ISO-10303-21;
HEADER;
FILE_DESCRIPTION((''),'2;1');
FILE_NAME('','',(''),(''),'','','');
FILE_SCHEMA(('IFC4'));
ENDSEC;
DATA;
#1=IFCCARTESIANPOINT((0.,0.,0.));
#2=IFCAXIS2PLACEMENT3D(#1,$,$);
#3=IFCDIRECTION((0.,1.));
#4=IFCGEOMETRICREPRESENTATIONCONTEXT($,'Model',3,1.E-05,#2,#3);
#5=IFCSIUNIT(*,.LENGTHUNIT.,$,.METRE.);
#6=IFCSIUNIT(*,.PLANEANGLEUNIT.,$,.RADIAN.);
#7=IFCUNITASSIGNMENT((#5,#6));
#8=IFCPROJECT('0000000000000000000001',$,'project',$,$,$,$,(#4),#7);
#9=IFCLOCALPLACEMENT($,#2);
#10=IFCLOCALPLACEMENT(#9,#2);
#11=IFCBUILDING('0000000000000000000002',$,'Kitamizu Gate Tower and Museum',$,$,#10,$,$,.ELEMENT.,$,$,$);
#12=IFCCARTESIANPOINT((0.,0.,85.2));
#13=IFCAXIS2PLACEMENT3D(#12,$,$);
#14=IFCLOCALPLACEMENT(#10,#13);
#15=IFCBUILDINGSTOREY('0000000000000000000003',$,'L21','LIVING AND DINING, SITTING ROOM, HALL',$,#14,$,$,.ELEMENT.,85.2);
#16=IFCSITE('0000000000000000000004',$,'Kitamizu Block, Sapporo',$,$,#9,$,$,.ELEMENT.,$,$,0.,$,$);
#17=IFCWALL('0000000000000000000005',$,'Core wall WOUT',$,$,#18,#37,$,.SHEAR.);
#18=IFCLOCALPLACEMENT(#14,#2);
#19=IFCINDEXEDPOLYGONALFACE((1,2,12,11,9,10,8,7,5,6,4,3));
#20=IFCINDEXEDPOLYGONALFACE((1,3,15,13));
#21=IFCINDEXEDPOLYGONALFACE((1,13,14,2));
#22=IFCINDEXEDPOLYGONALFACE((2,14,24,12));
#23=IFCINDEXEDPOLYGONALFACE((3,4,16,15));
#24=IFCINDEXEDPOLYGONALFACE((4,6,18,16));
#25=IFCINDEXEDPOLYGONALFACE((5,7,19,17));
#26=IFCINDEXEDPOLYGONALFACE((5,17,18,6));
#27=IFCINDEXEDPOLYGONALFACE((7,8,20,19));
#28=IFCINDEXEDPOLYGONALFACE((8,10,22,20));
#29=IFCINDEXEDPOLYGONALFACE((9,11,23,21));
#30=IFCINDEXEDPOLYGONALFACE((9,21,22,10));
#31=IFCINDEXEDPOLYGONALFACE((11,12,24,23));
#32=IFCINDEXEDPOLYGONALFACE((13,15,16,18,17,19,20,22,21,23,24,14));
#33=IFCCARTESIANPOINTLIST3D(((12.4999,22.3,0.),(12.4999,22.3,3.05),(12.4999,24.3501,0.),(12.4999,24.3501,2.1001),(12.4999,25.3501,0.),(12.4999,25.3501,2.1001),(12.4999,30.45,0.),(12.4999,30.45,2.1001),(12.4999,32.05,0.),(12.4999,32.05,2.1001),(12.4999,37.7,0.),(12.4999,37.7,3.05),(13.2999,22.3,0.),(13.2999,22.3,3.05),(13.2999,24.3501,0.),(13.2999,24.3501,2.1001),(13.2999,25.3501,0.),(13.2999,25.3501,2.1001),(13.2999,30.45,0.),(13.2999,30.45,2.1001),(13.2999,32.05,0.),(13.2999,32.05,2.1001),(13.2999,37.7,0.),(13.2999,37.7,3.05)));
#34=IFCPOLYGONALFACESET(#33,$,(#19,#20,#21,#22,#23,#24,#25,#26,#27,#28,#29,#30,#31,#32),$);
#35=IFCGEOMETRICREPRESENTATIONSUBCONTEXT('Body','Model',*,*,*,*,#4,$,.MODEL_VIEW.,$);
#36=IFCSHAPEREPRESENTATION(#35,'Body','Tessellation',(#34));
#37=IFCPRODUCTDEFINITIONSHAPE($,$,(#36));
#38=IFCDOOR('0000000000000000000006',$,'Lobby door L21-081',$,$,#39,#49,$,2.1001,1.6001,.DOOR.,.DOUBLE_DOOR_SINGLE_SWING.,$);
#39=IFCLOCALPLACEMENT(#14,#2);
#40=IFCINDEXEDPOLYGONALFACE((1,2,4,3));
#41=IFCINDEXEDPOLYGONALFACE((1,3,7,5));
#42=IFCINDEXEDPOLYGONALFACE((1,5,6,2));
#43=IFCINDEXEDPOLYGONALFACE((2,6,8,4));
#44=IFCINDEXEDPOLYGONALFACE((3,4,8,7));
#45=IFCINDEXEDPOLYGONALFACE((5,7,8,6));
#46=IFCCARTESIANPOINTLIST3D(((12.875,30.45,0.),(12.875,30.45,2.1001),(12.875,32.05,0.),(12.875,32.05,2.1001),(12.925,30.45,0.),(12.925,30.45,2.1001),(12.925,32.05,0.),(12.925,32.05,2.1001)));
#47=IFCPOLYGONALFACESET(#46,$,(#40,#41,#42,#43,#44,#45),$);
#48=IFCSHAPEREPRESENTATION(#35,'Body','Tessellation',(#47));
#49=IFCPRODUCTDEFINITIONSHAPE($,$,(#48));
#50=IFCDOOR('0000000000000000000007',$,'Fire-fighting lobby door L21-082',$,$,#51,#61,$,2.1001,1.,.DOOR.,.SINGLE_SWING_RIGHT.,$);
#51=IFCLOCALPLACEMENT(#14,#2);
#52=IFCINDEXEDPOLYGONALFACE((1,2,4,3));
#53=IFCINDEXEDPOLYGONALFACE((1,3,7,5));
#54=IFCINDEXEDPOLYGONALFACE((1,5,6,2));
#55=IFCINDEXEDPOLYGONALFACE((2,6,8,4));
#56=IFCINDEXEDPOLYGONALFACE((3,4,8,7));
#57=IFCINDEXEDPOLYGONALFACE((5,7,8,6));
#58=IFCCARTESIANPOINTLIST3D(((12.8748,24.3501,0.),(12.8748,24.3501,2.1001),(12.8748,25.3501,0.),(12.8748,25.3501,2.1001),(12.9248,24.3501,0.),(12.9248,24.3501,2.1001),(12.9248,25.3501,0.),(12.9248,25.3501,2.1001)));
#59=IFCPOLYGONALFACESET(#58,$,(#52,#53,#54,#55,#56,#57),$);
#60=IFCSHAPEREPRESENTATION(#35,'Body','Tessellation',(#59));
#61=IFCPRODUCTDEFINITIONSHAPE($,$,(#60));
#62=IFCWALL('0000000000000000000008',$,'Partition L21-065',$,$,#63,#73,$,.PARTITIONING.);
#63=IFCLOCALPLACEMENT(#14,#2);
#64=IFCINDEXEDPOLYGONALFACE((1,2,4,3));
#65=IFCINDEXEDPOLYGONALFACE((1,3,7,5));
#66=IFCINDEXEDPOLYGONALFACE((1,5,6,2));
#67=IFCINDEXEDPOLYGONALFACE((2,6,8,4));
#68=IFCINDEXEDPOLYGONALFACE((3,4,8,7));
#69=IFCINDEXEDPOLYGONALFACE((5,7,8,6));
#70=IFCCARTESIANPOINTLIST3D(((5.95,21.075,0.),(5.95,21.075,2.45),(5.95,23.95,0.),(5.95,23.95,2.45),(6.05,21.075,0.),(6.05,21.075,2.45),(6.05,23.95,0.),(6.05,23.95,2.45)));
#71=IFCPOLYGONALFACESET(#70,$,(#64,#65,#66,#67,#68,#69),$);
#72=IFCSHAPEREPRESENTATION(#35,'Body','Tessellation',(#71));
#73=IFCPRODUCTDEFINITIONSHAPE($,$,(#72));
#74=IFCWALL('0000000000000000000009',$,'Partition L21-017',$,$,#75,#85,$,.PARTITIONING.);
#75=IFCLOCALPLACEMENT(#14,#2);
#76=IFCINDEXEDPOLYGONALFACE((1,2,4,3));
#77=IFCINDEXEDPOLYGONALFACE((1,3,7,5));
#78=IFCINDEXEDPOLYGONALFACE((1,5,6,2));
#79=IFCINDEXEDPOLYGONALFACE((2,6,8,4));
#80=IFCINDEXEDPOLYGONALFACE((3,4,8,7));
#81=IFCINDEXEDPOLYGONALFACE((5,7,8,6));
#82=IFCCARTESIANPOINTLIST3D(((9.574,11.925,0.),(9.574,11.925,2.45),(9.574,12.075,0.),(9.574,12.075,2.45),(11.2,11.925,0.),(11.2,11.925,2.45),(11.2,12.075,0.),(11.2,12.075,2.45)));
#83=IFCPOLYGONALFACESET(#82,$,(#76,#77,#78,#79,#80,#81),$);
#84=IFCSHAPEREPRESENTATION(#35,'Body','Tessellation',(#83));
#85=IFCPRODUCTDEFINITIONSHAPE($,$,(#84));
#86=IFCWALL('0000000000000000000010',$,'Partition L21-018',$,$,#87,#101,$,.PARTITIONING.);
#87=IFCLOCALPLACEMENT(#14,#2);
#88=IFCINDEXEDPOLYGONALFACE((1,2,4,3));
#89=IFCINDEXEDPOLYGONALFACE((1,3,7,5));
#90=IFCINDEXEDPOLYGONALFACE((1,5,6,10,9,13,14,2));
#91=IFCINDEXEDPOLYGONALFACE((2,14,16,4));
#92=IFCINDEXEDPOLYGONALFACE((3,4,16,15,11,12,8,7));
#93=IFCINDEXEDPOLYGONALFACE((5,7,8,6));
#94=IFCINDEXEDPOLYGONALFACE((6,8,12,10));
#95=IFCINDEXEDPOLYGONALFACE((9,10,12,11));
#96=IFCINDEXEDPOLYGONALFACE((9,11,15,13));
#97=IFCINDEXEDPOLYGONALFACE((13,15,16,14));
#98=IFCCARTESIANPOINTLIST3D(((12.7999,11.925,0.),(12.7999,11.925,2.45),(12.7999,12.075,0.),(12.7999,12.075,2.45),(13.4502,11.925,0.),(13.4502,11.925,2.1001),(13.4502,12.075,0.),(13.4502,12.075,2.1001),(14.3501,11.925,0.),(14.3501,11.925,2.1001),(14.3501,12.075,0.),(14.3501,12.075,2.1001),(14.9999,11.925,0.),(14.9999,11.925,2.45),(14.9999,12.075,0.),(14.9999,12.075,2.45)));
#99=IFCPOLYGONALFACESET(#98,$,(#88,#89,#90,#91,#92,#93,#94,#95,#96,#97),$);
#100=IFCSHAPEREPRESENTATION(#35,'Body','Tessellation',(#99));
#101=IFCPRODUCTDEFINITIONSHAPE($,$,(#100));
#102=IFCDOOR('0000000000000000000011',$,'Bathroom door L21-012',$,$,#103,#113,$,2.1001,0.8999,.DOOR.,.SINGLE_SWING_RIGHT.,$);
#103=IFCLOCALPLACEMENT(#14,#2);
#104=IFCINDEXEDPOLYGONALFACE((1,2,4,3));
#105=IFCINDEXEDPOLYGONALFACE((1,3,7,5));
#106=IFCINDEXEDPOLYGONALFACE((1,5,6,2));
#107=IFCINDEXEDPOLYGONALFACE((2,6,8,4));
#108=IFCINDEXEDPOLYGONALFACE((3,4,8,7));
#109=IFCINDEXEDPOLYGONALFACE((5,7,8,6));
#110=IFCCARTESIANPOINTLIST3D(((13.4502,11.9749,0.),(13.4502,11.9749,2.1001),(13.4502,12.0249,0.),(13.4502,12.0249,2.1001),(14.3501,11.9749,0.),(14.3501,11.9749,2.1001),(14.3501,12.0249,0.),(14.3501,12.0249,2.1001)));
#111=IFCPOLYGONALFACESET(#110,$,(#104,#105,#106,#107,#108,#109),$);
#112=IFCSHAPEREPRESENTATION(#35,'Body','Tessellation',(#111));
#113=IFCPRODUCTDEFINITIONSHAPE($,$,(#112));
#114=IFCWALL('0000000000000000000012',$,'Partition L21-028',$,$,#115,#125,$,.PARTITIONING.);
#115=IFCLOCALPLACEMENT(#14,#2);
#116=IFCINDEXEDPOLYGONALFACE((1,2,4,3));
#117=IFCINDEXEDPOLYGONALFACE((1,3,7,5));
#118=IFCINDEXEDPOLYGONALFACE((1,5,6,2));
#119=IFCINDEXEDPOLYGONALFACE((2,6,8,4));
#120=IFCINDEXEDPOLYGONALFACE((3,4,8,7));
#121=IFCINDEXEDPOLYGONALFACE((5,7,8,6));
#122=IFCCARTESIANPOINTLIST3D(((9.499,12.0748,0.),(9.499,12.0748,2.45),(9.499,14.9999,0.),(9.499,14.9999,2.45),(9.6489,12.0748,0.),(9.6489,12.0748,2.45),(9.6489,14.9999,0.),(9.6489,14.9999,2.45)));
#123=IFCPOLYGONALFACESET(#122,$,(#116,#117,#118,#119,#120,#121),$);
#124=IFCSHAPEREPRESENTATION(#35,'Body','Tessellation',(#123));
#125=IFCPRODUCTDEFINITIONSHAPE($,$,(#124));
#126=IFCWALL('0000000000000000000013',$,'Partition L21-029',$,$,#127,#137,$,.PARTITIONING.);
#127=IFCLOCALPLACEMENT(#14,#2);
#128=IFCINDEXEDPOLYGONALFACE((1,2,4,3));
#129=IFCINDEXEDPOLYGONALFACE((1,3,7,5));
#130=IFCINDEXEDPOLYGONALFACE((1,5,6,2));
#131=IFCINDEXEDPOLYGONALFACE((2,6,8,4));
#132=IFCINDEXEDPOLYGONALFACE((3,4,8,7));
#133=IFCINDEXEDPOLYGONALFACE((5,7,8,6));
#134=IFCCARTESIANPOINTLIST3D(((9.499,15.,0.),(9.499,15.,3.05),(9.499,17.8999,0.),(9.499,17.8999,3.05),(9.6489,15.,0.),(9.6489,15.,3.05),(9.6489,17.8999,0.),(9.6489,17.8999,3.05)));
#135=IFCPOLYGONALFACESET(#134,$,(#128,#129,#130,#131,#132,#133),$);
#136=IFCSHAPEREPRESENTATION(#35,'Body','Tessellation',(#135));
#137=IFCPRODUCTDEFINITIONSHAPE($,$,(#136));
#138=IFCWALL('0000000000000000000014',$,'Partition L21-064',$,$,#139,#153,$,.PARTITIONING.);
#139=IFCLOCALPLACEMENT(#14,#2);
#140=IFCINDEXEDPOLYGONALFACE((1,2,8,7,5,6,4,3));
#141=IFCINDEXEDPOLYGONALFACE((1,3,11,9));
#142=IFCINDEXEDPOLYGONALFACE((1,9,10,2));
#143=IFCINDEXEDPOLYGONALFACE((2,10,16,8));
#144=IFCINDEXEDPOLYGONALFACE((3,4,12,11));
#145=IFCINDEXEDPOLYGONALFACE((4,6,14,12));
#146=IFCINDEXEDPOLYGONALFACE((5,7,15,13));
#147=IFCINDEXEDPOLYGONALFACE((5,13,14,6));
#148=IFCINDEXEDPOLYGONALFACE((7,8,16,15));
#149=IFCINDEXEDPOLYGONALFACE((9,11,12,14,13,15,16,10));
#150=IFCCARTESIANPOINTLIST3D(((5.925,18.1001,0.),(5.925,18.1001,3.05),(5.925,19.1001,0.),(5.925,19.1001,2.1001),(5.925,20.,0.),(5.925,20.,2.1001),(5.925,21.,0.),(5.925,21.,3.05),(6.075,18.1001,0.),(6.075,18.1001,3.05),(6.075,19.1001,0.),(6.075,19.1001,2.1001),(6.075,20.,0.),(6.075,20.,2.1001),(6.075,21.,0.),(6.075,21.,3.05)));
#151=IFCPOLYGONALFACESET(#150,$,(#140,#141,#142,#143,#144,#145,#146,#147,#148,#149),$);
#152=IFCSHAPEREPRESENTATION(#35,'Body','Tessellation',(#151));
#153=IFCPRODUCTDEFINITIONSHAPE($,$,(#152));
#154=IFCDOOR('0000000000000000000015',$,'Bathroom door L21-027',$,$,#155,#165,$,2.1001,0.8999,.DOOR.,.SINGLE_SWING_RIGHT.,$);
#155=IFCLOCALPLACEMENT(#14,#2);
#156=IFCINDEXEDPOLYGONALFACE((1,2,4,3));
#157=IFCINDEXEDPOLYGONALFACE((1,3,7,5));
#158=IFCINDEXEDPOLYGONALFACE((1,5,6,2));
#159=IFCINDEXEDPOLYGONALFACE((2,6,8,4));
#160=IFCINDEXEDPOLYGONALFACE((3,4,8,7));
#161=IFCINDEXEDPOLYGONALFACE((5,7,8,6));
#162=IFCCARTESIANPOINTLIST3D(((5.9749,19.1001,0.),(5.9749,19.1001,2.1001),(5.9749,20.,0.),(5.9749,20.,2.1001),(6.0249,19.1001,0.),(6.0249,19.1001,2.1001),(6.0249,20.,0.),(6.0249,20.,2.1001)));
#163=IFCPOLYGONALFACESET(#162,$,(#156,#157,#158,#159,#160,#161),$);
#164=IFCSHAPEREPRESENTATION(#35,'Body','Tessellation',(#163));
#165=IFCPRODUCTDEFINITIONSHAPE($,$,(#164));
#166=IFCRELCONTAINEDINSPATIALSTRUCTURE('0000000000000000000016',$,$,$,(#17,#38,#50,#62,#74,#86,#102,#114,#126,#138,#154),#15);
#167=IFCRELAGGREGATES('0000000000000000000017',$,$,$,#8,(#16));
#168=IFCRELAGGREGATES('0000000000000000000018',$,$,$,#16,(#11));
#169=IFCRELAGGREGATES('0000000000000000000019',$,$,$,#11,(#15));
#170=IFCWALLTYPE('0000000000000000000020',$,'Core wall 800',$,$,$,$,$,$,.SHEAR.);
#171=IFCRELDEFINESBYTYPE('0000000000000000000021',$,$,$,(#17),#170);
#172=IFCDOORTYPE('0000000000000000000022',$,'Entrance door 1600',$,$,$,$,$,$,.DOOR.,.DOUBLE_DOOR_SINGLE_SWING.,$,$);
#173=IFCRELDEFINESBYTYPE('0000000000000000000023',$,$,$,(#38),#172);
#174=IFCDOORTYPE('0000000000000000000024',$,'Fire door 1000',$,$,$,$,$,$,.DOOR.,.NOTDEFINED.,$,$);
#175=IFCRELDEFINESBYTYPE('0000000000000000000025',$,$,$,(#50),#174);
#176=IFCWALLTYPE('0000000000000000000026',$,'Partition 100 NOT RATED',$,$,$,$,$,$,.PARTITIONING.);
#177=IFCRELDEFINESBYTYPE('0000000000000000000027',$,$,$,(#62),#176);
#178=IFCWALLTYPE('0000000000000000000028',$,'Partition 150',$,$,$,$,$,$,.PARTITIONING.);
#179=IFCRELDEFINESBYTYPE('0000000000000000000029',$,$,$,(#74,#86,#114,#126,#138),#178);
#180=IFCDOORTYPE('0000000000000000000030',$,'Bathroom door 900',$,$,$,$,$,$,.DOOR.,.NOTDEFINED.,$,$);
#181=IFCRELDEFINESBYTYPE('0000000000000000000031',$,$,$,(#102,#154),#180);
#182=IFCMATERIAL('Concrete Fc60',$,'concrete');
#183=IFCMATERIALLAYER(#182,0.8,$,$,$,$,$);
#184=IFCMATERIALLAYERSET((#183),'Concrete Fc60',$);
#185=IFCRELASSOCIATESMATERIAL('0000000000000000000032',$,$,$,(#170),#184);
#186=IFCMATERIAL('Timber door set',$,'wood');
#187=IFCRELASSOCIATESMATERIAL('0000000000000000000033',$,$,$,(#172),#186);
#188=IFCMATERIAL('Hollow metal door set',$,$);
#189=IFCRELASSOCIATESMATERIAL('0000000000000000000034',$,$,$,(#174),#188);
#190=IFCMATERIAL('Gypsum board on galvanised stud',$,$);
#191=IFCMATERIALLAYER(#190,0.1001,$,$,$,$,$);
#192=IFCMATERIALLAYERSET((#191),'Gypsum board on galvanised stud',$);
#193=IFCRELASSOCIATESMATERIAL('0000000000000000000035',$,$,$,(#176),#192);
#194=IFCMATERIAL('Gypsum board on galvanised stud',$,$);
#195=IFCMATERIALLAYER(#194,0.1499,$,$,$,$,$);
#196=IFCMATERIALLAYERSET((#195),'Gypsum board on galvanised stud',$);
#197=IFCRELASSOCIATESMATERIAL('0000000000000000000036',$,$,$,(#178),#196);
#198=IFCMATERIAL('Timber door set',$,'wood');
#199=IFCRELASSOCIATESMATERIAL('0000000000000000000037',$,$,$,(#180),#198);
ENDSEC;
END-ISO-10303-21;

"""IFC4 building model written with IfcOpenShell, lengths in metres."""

from ifc_helpers import new_model, si_unit, direction, frame, frame_2d, origin, place, context, subcontext, project, spatial, rectangle, extrude, material, layer, layer_set, type_object, element, fill, save


model = new_model("IFC4")

# Units and contexts
model_context = context("Model", 3, precision=1e-05, world=origin(), true_north=direction((0.0, 1.0)))
body_context = subcontext(model_context, "Body", "Model", "MODEL_VIEW")
ifc_project = project(units=[si_unit("LENGTHUNIT", "METRE"), si_unit("PLANEANGLEUNIT", "RADIAN")], contexts=[model_context])

# Site, building, storey
site_placement = place(None, origin())
site = spatial("IfcSite", under=ifc_project, at=site_placement, Name="Kitamizu Block, Sapporo", CompositionType="ELEMENT", RefElevation=0.0)
building_placement = place(site_placement, origin())
building = spatial("IfcBuilding", under=site, at=building_placement, Name="Kitamizu Gate Tower and Museum", CompositionType="ELEMENT")
storey_placement = place(building_placement, frame((0.0, 0.0, 85.2)))
storey = spatial("IfcBuildingStorey", under=building, at=storey_placement, Name="L21", Description="LIVING AND DINING, SITTING ROOM, HALL", CompositionType="ELEMENT", Elevation=85.2)

# Shared definitions
ifc_material_1 = material(Name="Concrete Fc60", Category="concrete")
ifc_layer_1 = layer(ifc_material_1, 0.8)
ifc_layer_set_1 = layer_set([ifc_layer_1], Name="Concrete Fc60")
wall_type_1 = type_object("IfcWallType", Name="Core wall 800", PredefinedType="SHEAR", material=ifc_layer_set_1)

# Wall, openings, doors
wall_1_placement = place(storey_placement, frame((12.8999, 22.3, 0.0), z_axis=(0.0, 0.0, 1.0), x_axis=(0.0, 1.0, 0.0)))
wall_1 = element("IfcWall", 1, at=wall_1_placement, inside=storey, type_object=wall_type_1, Name="Core wall WOUT", PredefinedType="SHEAR", context=body_context, shape_type="SweptSolid", body=[
    extrude(rectangle(XDim=15.3999, YDim=0.8, at=frame_2d((7.7, 0.0))), origin(), (0.0, 0.0, 1.0), 3.05),
])
opening_1_placement = place(wall_1_placement, frame((8.1499, 0.0, 0.0)))
opening_1 = element("IfcOpeningElement", 2, at=opening_1_placement, cuts=wall_1, PredefinedType="OPENING", context=body_context, shape_type="SweptSolid", body=[
    extrude(rectangle(XDim=1.6001, YDim=2.1001, at=frame_2d((0.8, 1.05))), frame((0.0, 0.4102, 0.0), z_axis=(0.0, -1.0, 0.0), x_axis=(1.0, 0.0, 0.0)), (0.0, 0.0, 1.0), 0.8201),
])
opening_2_placement = place(wall_1_placement, frame((2.05, 0.0, 0.0)))
opening_2 = element("IfcOpeningElement", 3, at=opening_2_placement, cuts=wall_1, PredefinedType="OPENING", context=body_context, shape_type="SweptSolid", body=[
    extrude(rectangle(XDim=1.0, YDim=2.1001, at=frame_2d((0.5, 1.05))), frame((0.0, 0.4102, 0.0), z_axis=(0.0, -1.0, 0.0), x_axis=(1.0, 0.0, 0.0)), (0.0, 0.0, 1.0), 0.8201),
])
ifc_material_2 = material(Name="Timber door set", Category="wood")
door_type_1 = type_object("IfcDoorType", Name="Entrance door 1600", OperationType="DOUBLE_DOOR_SINGLE_SWING", PredefinedType="DOOR", material=ifc_material_2)
door_1_placement = place(opening_1_placement, origin())
door_1 = element("IfcDoor", 4, at=door_1_placement, inside=storey, type_object=door_type_1, Name="Lobby door L21-081", OperationType="DOUBLE_DOOR_SINGLE_SWING", OverallHeight=2.1001, OverallWidth=1.6001, PredefinedType="DOOR", context=body_context, shape_type="SweptSolid", body=[
    extrude(rectangle(XDim=1.6001, YDim=2.1001, at=frame_2d((0.8, 1.05))), frame((0.0, 0.0249, 0.0), z_axis=(0.0, -1.0, 0.0), x_axis=(1.0, 0.0, 0.0)), (0.0, 0.0, 1.0), 0.05),
])
fill(opening_1, door_1)
ifc_material_3 = material(Name="Hollow metal door set")
door_type_2 = type_object("IfcDoorType", Name="Fire door 1000", OperationType="NOTDEFINED", PredefinedType="DOOR", material=ifc_material_3)
door_2_placement = place(opening_2_placement, frame((1.0, 0.0, 0.0), x_axis=(-1.0, 0.0, 0.0)))
door_2 = element("IfcDoor", 5, at=door_2_placement, inside=storey, type_object=door_type_2, Name="Fire-fighting lobby door L21-082", OperationType="SINGLE_SWING_RIGHT", OverallHeight=2.1001, OverallWidth=1.0, PredefinedType="DOOR", context=body_context, shape_type="SweptSolid", body=[
    extrude(rectangle(XDim=1.0, YDim=2.1001, at=frame_2d((0.5, 1.05))), frame((0.0, 0.0249, 0.0), z_axis=(0.0, -1.0, 0.0), x_axis=(1.0, 0.0, 0.0)), (0.0, 0.0, 1.0), 0.05),
])
fill(opening_2, door_2)

# Walls
ifc_material_4 = material(Name="Gypsum board on galvanised stud")
ifc_layer_2 = layer(ifc_material_4, 0.1001)
ifc_layer_set_2 = layer_set([ifc_layer_2], Name="Gypsum board on galvanised stud")
wall_type_2 = type_object("IfcWallType", Name="Partition 100 NOT RATED", PredefinedType="PARTITIONING", material=ifc_layer_set_2)
wall_2_placement = place(storey_placement, frame((6.0, 21.075, 0.0), z_axis=(0.0, 0.0, 1.0), x_axis=(0.0, 1.0, 0.0)))
element("IfcWall", 6, at=wall_2_placement, inside=storey, type_object=wall_type_2, Name="Partition L21-065", PredefinedType="PARTITIONING", context=body_context, shape_type="SweptSolid", body=[
    extrude(rectangle(XDim=2.875, YDim=0.1001, at=frame_2d((1.4375, 0.0))), origin(), (0.0, 0.0, 1.0), 2.45),
])
ifc_material_5 = material(Name="Gypsum board on galvanised stud")
ifc_layer_3 = layer(ifc_material_5, 0.1499)
ifc_layer_set_3 = layer_set([ifc_layer_3], Name="Gypsum board on galvanised stud")
wall_type_3 = type_object("IfcWallType", Name="Partition 150", PredefinedType="PARTITIONING", material=ifc_layer_set_3)
wall_3_placement = place(storey_placement, frame((11.2, 12.0, 0.0), z_axis=(0.0, 0.0, 1.0), x_axis=(-1.0, 0.0, 0.0)))
element("IfcWall", 7, at=wall_3_placement, inside=storey, type_object=wall_type_3, Name="Partition L21-017", PredefinedType="PARTITIONING", context=body_context, shape_type="SweptSolid", body=[
    extrude(rectangle(XDim=1.626, YDim=0.1499, at=frame_2d((0.813, 0.0))), origin(), (0.0, 0.0, 1.0), 2.45),
])

# Wall, opening, door
wall_4_placement = place(storey_placement, frame((15.0, 12.0, 0.0), z_axis=(0.0, 0.0, 1.0), x_axis=(-1.0, 0.0, 0.0)))
wall_4 = element("IfcWall", 8, at=wall_4_placement, inside=storey, type_object=wall_type_3, Name="Partition L21-018", PredefinedType="PARTITIONING", context=body_context, shape_type="SweptSolid", body=[
    extrude(rectangle(XDim=2.2, YDim=0.1499, at=frame_2d((1.1001, 0.0))), origin(), (0.0, 0.0, 1.0), 2.45),
])
opening_3_placement = place(wall_4_placement, frame((0.6499, 0.0, 0.0)))
opening_3 = element("IfcOpeningElement", 9, at=opening_3_placement, cuts=wall_4, PredefinedType="OPENING", context=body_context, shape_type="SweptSolid", body=[
    extrude(rectangle(XDim=0.8999, YDim=2.1001, at=frame_2d((0.45, 1.05))), frame((0.0, 0.085, 0.0), z_axis=(0.0, -1.0, 0.0), x_axis=(1.0, 0.0, 0.0)), (0.0, 0.0, 1.0), 0.1699),
])
ifc_material_6 = material(Name="Timber door set", Category="wood")
door_type_3 = type_object("IfcDoorType", Name="Bathroom door 900", OperationType="NOTDEFINED", PredefinedType="DOOR", material=ifc_material_6)
door_3_placement = place(opening_3_placement, frame((0.8999, 0.0, 0.0), x_axis=(-1.0, 0.0, 0.0)))
door_3 = element("IfcDoor", 10, at=door_3_placement, inside=storey, type_object=door_type_3, Name="Bathroom door L21-012", OperationType="SINGLE_SWING_RIGHT", OverallHeight=2.1001, OverallWidth=0.8999, PredefinedType="DOOR", context=body_context, shape_type="SweptSolid", body=[
    extrude(rectangle(XDim=0.8999, YDim=2.1001, at=frame_2d((0.45, 1.05))), frame((0.0, 0.0249, 0.0), z_axis=(0.0, -1.0, 0.0), x_axis=(1.0, 0.0, 0.0)), (0.0, 0.0, 1.0), 0.05),
])
fill(opening_3, door_3)

# Walls
wall_5_placement = place(storey_placement, frame((9.574, 12.075, 0.0), z_axis=(0.0, 0.0, 1.0), x_axis=(0.0, 1.0, 0.0)))
element("IfcWall", 11, at=wall_5_placement, inside=storey, type_object=wall_type_3, Name="Partition L21-028", PredefinedType="PARTITIONING", context=body_context, shape_type="SweptSolid", body=[
    extrude(rectangle(XDim=2.925, YDim=0.1499, at=frame_2d((1.4624, 0.0))), origin(), (0.0, 0.0, 1.0), 2.45),
])
wall_6_placement = place(storey_placement, frame((9.574, 15.0, 0.0), z_axis=(0.0, 0.0, 1.0), x_axis=(0.0, 1.0, 0.0)))
element("IfcWall", 12, at=wall_6_placement, inside=storey, type_object=wall_type_3, Name="Partition L21-029", PredefinedType="PARTITIONING", context=body_context, shape_type="SweptSolid", body=[
    extrude(rectangle(XDim=2.8999, YDim=0.1499, at=frame_2d((1.45, 0.0))), origin(), (0.0, 0.0, 1.0), 3.05),
])

# Wall, opening, door
wall_7_placement = place(storey_placement, frame((6.0, 18.1001, 0.0), z_axis=(0.0, 0.0, 1.0), x_axis=(0.0, 1.0, 0.0)))
wall_7 = element("IfcWall", 13, at=wall_7_placement, inside=storey, type_object=wall_type_3, Name="Partition L21-064", PredefinedType="PARTITIONING", context=body_context, shape_type="SweptSolid", body=[
    extrude(rectangle(XDim=2.8999, YDim=0.1499, at=frame_2d((1.45, 0.0))), origin(), (0.0, 0.0, 1.0), 3.05),
])
opening_4_placement = place(wall_7_placement, frame((1.0, 0.0, 0.0)))
opening_4 = element("IfcOpeningElement", 14, at=opening_4_placement, cuts=wall_7, PredefinedType="OPENING", context=body_context, shape_type="SweptSolid", body=[
    extrude(rectangle(XDim=0.8999, YDim=2.1001, at=frame_2d((0.45, 1.05))), frame((0.0, 0.085, 0.0), z_axis=(0.0, -1.0, 0.0), x_axis=(1.0, 0.0, 0.0)), (0.0, 0.0, 1.0), 0.1699),
])
door_4_placement = place(opening_4_placement, frame((0.8999, 0.0, 0.0), x_axis=(-1.0, 0.0, 0.0)))
door_4 = element("IfcDoor", 15, at=door_4_placement, inside=storey, type_object=door_type_3, Name="Bathroom door L21-027", OperationType="SINGLE_SWING_RIGHT", OverallHeight=2.1001, OverallWidth=0.8999, PredefinedType="DOOR", context=body_context, shape_type="SweptSolid", body=[
    extrude(rectangle(XDim=0.8999, YDim=2.1001, at=frame_2d((0.45, 1.05))), frame((0.0, 0.0249, 0.0), z_axis=(0.0, -1.0, 0.0), x_axis=(1.0, 0.0, 0.0)), (0.0, 0.0, 1.0), 0.05),
])
fill(opening_4, door_4)

save(model, "model.ifc")
